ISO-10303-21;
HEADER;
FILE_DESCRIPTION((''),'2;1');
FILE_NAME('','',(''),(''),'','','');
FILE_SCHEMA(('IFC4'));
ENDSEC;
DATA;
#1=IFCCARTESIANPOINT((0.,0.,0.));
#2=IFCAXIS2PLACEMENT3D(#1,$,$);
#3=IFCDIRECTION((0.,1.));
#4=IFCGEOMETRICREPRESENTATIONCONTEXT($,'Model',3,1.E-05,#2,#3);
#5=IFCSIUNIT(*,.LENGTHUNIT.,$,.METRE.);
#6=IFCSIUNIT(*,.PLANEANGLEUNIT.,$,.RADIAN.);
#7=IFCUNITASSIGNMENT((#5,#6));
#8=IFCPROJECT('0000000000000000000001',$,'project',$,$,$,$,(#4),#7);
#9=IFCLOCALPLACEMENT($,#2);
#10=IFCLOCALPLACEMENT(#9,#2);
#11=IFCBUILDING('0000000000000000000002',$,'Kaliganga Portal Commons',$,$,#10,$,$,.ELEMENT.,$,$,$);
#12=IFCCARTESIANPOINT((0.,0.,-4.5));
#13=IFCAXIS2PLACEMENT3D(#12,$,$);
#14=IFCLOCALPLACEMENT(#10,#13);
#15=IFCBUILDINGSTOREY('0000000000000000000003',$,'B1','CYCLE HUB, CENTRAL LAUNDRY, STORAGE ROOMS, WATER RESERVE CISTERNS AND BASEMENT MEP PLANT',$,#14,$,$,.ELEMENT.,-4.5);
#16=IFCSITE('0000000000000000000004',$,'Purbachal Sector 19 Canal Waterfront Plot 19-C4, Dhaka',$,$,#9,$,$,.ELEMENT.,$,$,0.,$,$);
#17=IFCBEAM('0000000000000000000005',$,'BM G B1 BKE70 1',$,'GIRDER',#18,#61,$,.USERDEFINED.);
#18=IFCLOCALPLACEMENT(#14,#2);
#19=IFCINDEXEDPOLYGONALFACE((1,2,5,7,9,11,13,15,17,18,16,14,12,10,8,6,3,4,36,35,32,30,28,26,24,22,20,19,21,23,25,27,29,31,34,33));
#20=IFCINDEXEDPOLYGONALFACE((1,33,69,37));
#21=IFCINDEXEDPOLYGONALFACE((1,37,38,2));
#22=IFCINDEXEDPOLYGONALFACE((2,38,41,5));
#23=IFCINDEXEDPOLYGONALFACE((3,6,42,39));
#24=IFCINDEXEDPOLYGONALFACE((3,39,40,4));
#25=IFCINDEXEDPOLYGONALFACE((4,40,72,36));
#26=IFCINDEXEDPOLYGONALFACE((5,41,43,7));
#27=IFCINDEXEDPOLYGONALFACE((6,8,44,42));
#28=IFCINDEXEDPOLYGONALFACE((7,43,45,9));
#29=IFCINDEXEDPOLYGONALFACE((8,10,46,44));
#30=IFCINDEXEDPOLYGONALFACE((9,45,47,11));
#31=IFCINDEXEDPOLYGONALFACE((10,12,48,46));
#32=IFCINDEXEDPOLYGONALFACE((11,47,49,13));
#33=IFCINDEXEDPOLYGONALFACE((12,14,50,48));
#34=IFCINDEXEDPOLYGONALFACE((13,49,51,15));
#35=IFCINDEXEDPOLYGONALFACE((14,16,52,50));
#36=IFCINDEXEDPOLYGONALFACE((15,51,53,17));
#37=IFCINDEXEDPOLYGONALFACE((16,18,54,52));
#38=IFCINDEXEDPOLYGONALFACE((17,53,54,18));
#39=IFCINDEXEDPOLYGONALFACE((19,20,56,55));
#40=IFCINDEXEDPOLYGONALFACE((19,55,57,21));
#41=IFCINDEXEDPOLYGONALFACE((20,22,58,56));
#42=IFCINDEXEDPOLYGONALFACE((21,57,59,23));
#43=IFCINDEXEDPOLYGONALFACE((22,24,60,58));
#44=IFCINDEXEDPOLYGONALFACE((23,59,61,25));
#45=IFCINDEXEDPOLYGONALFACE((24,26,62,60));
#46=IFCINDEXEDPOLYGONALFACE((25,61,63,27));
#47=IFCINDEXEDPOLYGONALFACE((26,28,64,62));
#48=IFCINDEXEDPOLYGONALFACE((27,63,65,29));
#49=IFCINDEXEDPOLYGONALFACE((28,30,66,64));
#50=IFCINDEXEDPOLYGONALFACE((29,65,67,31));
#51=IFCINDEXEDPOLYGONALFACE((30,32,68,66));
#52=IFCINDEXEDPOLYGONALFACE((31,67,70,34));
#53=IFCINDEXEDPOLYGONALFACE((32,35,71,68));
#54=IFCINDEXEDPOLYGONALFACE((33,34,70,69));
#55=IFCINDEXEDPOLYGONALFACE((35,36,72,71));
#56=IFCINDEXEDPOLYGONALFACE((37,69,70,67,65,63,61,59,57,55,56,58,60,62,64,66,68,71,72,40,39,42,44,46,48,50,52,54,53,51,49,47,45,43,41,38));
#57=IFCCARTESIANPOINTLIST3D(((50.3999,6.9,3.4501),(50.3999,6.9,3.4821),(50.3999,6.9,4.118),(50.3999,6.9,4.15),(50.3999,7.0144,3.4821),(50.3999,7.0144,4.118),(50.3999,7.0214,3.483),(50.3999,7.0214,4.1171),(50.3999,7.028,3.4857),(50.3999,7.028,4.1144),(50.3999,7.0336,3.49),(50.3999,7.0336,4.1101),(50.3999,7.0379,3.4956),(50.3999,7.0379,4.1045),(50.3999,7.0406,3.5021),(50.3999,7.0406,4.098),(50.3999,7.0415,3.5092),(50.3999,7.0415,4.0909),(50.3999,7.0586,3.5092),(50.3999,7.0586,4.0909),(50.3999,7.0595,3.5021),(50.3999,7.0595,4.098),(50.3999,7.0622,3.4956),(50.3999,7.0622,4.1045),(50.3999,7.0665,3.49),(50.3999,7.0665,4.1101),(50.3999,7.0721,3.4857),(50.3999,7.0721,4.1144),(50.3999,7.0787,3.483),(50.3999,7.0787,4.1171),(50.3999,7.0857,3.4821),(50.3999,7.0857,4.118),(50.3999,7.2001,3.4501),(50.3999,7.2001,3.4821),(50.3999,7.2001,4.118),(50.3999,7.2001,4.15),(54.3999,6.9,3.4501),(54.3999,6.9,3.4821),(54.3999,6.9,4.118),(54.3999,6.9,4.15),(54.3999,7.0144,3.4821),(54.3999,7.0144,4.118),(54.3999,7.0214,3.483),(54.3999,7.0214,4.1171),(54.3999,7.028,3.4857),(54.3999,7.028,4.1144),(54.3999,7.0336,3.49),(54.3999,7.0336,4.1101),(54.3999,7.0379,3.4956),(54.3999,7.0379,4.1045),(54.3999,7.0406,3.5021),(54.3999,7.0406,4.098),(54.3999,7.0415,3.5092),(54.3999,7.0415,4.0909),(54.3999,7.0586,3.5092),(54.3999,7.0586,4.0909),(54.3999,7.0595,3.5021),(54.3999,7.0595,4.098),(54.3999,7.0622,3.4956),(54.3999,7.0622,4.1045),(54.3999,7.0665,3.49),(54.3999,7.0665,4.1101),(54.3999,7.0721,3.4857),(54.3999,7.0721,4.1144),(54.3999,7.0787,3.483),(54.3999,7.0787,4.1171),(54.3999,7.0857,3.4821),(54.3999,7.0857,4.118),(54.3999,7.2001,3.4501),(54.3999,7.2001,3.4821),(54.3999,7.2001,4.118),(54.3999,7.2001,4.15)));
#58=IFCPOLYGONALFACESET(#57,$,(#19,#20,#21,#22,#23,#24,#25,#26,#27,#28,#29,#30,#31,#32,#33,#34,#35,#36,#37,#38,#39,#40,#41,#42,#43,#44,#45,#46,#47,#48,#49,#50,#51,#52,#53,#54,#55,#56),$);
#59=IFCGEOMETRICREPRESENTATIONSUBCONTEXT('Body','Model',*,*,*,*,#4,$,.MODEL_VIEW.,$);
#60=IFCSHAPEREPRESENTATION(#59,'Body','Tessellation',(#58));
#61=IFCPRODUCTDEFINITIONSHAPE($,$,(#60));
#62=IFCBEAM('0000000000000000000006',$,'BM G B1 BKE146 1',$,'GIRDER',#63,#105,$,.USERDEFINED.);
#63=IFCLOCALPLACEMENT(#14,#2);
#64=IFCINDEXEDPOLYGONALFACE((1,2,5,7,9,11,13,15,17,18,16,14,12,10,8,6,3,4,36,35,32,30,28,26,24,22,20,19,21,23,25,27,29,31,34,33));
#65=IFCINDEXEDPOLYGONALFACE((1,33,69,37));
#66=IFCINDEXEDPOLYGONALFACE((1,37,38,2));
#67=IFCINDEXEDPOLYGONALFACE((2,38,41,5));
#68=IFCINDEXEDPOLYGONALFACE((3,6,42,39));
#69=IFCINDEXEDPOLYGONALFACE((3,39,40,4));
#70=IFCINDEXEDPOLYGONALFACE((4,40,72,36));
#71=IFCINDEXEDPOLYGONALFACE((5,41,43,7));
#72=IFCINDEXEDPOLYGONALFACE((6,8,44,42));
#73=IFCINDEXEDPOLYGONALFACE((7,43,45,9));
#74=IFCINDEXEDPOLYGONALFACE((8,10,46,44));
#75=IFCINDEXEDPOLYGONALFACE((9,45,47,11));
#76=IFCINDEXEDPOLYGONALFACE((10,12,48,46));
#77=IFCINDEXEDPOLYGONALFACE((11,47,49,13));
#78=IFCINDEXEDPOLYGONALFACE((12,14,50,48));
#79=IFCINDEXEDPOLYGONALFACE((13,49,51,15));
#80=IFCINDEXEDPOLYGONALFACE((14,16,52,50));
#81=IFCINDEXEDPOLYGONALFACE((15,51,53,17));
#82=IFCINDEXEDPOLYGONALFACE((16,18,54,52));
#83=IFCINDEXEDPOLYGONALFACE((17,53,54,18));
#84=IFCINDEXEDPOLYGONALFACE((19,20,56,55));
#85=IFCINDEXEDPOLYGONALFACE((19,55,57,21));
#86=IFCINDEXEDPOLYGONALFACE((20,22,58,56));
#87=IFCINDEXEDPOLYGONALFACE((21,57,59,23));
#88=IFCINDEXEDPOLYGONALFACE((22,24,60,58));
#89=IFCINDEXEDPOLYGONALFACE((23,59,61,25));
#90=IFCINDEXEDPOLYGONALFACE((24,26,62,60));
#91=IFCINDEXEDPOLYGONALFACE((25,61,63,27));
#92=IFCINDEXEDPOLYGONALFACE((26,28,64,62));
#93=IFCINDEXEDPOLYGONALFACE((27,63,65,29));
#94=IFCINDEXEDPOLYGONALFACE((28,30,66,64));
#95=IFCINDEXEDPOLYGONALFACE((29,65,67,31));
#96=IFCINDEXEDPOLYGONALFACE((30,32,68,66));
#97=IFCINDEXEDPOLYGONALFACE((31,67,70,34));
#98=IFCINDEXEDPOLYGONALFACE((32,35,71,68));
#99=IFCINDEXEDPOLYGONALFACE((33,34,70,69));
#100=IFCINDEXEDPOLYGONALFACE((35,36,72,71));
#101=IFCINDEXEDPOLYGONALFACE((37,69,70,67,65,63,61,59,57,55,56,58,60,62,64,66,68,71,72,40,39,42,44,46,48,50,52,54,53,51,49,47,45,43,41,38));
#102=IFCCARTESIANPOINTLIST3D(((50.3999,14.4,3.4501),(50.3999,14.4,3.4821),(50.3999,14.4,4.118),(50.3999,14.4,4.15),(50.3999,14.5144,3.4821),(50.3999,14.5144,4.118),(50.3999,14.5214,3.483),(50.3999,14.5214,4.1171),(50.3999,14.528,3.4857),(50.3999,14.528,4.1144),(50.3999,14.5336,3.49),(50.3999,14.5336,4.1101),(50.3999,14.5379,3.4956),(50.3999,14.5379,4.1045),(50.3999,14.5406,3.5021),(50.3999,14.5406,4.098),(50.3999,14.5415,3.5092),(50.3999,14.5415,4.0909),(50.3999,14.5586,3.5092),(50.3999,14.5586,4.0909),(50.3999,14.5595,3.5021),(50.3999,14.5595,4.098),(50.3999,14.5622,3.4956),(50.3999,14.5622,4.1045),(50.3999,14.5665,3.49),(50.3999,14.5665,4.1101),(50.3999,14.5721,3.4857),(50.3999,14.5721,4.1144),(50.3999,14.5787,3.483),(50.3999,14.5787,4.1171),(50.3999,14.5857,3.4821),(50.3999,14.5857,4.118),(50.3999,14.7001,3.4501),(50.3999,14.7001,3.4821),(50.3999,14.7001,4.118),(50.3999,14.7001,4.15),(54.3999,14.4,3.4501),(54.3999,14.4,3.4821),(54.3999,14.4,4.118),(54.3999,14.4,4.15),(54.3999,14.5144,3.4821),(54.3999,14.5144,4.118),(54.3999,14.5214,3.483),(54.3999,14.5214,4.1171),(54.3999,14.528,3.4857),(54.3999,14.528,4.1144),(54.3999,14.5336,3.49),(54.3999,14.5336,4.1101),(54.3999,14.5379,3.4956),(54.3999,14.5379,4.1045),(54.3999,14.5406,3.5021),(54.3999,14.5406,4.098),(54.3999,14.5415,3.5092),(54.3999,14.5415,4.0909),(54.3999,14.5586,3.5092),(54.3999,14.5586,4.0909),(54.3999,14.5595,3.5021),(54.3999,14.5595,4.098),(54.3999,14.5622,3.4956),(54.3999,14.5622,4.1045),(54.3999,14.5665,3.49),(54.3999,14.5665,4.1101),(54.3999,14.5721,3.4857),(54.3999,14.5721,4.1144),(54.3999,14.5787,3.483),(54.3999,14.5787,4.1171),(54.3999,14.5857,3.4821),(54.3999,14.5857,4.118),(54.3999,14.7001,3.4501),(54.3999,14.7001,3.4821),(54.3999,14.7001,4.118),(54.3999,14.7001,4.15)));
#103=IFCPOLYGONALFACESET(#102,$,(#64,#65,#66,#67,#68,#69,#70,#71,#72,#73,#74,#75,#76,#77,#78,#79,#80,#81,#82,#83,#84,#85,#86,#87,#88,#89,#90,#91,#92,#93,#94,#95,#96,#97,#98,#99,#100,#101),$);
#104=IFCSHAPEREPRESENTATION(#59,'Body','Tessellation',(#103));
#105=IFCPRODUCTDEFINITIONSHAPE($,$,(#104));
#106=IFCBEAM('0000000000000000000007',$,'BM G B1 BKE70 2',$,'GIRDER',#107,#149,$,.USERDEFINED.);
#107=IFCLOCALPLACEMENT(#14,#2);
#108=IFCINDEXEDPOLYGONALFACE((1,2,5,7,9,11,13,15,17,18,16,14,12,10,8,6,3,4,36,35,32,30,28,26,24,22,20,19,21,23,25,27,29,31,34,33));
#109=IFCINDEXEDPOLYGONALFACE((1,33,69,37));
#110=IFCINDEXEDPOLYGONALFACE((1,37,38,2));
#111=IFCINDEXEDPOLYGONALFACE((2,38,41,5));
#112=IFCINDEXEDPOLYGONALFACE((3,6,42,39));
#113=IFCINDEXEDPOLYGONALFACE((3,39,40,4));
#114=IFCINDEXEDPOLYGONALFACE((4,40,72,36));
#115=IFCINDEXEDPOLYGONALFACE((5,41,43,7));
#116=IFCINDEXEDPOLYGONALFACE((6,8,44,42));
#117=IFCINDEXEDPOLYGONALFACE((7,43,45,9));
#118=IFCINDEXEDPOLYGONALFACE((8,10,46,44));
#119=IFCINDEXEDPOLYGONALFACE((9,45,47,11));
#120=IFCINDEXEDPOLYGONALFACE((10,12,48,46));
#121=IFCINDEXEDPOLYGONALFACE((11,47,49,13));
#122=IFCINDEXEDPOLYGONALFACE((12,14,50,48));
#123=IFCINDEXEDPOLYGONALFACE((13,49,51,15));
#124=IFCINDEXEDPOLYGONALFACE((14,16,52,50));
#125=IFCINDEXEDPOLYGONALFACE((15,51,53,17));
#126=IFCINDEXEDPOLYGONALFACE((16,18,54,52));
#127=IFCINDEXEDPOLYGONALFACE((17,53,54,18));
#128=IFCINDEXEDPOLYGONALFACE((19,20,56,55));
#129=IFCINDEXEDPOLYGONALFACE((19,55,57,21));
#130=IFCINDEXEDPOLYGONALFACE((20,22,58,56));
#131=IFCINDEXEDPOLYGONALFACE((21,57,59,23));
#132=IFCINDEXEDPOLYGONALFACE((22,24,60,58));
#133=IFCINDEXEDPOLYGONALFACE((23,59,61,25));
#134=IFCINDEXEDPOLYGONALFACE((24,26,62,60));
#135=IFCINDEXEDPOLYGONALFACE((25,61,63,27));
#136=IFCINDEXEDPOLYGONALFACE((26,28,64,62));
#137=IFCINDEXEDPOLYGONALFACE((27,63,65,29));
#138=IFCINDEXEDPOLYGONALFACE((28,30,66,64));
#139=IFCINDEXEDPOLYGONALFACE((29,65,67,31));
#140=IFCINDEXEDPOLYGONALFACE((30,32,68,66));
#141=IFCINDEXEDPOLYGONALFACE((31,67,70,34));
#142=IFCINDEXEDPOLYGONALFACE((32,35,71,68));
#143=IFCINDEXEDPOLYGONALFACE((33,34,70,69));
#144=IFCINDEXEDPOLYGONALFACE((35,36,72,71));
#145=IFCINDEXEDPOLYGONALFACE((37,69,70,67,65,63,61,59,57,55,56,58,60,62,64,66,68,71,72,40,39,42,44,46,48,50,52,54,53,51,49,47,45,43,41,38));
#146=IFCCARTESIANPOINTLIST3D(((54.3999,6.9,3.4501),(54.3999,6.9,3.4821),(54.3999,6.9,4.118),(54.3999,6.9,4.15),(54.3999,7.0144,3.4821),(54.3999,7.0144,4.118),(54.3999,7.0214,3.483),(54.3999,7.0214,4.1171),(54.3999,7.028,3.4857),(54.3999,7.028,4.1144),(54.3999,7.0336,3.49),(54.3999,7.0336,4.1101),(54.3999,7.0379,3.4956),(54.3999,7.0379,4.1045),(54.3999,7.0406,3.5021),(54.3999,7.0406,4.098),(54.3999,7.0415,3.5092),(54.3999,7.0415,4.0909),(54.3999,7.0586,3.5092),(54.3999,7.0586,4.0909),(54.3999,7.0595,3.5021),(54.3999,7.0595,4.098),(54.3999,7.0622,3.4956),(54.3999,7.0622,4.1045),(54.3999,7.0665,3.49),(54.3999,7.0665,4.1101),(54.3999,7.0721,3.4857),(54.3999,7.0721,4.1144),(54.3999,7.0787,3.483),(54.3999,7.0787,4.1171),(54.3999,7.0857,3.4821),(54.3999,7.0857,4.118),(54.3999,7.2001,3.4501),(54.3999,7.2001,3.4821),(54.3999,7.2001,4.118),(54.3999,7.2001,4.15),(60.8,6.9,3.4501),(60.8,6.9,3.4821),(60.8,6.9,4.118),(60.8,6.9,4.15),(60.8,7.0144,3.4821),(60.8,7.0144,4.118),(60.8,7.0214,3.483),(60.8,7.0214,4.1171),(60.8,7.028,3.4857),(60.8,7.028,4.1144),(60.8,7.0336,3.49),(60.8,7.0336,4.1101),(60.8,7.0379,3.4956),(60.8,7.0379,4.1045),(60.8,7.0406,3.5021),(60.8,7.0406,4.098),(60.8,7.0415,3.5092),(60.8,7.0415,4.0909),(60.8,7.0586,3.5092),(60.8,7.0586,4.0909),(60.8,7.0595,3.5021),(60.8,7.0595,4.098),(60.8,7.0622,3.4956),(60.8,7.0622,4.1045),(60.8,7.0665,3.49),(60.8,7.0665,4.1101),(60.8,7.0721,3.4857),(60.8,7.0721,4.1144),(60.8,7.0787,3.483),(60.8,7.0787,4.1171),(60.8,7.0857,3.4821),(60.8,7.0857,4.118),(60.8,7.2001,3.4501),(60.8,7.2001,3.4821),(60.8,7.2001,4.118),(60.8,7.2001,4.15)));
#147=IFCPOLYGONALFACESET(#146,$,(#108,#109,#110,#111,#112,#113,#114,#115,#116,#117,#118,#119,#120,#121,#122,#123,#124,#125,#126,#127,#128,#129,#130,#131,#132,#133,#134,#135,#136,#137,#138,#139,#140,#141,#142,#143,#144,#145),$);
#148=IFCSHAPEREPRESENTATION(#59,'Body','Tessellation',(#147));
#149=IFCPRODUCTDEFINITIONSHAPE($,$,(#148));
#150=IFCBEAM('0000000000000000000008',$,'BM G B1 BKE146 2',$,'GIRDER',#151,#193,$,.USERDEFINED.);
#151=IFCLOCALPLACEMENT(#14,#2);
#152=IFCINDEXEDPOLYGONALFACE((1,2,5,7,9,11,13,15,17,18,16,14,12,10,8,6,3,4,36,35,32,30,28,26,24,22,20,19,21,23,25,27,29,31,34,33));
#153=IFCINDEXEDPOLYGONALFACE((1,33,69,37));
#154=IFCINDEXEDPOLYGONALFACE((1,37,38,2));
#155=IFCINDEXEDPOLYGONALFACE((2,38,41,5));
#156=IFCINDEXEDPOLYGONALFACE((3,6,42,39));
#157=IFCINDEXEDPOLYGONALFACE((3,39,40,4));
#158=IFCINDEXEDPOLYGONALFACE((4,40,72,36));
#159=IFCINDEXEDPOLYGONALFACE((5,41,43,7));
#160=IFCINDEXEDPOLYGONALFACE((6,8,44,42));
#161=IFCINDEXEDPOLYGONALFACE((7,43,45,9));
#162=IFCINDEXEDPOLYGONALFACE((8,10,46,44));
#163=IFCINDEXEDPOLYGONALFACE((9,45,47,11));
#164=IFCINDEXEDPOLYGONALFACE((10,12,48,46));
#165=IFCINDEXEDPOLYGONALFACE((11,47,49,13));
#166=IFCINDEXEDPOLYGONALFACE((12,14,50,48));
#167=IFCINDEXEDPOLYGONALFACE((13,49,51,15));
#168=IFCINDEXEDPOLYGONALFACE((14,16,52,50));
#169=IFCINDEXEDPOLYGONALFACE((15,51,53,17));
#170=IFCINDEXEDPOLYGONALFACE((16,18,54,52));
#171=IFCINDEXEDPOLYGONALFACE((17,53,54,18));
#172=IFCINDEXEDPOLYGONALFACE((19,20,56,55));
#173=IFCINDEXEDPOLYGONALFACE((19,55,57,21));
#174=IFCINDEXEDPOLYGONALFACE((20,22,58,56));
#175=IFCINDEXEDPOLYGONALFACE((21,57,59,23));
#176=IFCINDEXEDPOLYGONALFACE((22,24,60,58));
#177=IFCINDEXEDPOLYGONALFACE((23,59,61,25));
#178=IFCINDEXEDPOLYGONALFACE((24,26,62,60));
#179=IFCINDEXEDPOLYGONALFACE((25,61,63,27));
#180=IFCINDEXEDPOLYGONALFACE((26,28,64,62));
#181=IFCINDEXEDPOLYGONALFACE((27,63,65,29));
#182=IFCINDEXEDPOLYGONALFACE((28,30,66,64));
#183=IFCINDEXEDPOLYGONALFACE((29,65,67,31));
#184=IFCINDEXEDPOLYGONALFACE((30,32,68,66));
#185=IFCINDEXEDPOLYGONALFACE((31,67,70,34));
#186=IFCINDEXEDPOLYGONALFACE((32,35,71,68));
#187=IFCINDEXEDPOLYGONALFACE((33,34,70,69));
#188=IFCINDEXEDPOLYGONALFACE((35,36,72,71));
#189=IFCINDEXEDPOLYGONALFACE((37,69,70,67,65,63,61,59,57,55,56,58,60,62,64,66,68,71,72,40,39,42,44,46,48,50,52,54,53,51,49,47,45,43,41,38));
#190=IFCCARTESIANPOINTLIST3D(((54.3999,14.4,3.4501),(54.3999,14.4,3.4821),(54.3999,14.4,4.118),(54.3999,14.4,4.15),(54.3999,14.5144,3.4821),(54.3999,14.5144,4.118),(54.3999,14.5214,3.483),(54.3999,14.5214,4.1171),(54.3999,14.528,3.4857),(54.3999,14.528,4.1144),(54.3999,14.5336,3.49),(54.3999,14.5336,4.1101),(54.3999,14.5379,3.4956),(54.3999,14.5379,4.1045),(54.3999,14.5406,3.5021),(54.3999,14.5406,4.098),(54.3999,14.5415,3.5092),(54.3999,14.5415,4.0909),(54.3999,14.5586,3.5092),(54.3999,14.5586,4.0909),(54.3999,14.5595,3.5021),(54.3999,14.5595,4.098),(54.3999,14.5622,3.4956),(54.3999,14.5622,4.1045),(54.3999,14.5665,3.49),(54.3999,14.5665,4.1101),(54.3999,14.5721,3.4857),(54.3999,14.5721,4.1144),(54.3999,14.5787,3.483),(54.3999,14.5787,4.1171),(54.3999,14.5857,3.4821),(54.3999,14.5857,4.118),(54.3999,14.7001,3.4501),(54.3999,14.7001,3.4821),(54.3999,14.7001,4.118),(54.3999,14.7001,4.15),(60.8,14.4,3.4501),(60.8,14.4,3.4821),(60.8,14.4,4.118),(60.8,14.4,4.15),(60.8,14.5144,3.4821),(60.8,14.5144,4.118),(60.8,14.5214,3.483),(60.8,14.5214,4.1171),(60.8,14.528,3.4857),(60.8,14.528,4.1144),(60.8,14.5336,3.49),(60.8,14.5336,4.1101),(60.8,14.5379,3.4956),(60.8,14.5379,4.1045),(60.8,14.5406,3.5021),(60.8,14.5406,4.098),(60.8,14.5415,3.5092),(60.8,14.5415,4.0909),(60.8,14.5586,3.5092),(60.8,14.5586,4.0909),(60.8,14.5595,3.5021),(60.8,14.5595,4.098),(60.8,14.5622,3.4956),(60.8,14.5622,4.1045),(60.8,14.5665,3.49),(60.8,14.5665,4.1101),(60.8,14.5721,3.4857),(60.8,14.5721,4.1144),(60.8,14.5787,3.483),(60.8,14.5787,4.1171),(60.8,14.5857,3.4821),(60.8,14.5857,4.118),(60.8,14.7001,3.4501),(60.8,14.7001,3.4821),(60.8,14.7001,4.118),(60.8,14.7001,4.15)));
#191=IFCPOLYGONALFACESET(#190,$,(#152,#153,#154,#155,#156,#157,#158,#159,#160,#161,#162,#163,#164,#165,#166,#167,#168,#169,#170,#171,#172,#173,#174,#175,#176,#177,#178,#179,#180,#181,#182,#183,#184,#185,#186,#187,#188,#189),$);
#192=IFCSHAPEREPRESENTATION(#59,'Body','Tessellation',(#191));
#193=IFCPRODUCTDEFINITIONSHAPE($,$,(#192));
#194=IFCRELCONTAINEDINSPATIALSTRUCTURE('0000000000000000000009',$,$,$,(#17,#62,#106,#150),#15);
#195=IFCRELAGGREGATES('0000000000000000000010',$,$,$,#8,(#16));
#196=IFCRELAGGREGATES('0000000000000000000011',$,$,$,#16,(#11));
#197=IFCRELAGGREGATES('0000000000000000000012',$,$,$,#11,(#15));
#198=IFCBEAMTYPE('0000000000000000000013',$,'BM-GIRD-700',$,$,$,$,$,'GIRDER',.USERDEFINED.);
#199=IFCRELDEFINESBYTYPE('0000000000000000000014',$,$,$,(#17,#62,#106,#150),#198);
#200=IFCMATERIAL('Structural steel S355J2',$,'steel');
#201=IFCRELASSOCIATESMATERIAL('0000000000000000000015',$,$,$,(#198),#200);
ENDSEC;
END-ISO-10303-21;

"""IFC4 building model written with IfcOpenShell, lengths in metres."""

from ifc_helpers import new_model, si_unit, direction, frame, origin, origin_2d, place, context, subcontext, project, spatial, i_section, extrude, source, transform, mapped, material, material_profile, profile_set, type_object, element, save


model = new_model("IFC4")

# Units and contexts
model_context = context("Model", 3, precision=1e-05, world=origin(), true_north=direction((0.0, 1.0)))
body_context = subcontext(model_context, "Body", "Model", "MODEL_VIEW")
ifc_project = project(units=[si_unit("LENGTHUNIT", "METRE"), si_unit("PLANEANGLEUNIT", "RADIAN")], contexts=[model_context])

# Site, building, storey
site_placement = place(None, origin())
site = spatial("IfcSite", under=ifc_project, at=site_placement, Name="Purbachal Sector 19 Canal Waterfront Plot 19-C4, Dhaka", CompositionType="ELEMENT", RefElevation=0.0)
building_placement = place(site_placement, origin())
building = spatial("IfcBuilding", under=site, at=building_placement, Name="Kaliganga Portal Commons", CompositionType="ELEMENT")
storey_placement = place(building_placement, frame((0.0, 0.0, -4.5)))
storey = spatial("IfcBuildingStorey", under=building, at=storey_placement, Name="B1", Description="CYCLE HUB, CENTRAL LAUNDRY, STORAGE ROOMS, WATER RESERVE CISTERNS AND BASEMENT MEP PLANT", CompositionType="ELEMENT", Elevation=-4.5)

# Shared definitions
ifc_material_1 = material(Name="Structural steel S355J2", Category="steel")

# Beams
ifc_material_profile_1 = material_profile(ifc_material_1, i_section(OverallWidth=0.3, OverallDepth=0.7, WebThickness=0.0171, FlangeThickness=0.032, FilletRadius=0.0271, at=origin_2d()), Name="HE 700 B")
ifc_profile_set_1 = profile_set([ifc_material_profile_1], Name="Structural steel S355J2 wide-flange")
beam_type_1 = type_object("IfcBeamType", Name="BM-GIRD-700", ElementType="GIRDER", PredefinedType="USERDEFINED", material=ifc_profile_set_1)
shared_shape_1 = source(origin(), body_context, "Body", "SweptSolid", [
    extrude(i_section(OverallWidth=0.3, OverallDepth=0.7, WebThickness=0.0171, FlangeThickness=0.032, FilletRadius=0.0271, at=origin_2d()), origin(), (0.0, 0.0, 1.0), 4.0),
])
for number, where, z_axis, x_axis, name in (
    (1, (50.3999, 7.05, 3.8), (1.0, 0.0, 0.0), (0.0, 1.0, 0.0), "BM G B1 BKE70 1"),
    (2, (50.3999, 14.55, 3.8), (1.0, 0.0, 0.0), (0.0, 1.0, 0.0), "BM G B1 BKE146 1"),
):
    element("IfcBeam", number, at=place(storey_placement, frame(where, z_axis=z_axis, x_axis=x_axis)), inside=storey, type_object=beam_type_1, Name=name, ObjectType="GIRDER", PredefinedType="USERDEFINED", context=body_context, shape_type="MappedRepresentation", body=[
        mapped(shared_shape_1, transform((0.0, 0.0, 0.0), x_axis=(1.0, 0.0, 0.0), y_axis=(0.0, 1.0, 0.0), z_axis=(0.0, 0.0, 1.0), scale=1.0)),
    ])
shared_shape_2 = source(origin(), body_context, "Body", "SweptSolid", [
    extrude(i_section(OverallWidth=0.3, OverallDepth=0.7, WebThickness=0.0171, FlangeThickness=0.032, FilletRadius=0.0271, at=origin_2d()), origin(), (0.0, 0.0, 1.0), 6.4001),
])
for number, where, z_axis, x_axis, name in (
    (3, (54.3999, 7.05, 3.8), (1.0, 0.0, 0.0), (0.0, 1.0, 0.0), "BM G B1 BKE70 2"),
    (4, (54.3999, 14.55, 3.8), (1.0, 0.0, 0.0), (0.0, 1.0, 0.0), "BM G B1 BKE146 2"),
):
    element("IfcBeam", number, at=place(storey_placement, frame(where, z_axis=z_axis, x_axis=x_axis)), inside=storey, type_object=beam_type_1, Name=name, ObjectType="GIRDER", PredefinedType="USERDEFINED", context=body_context, shape_type="MappedRepresentation", body=[
        mapped(shared_shape_2, transform((0.0, 0.0, 0.0), x_axis=(1.0, 0.0, 0.0), y_axis=(0.0, 1.0, 0.0), z_axis=(0.0, 0.0, 1.0), scale=1.0)),
    ])

save(model, "model.ifc")
